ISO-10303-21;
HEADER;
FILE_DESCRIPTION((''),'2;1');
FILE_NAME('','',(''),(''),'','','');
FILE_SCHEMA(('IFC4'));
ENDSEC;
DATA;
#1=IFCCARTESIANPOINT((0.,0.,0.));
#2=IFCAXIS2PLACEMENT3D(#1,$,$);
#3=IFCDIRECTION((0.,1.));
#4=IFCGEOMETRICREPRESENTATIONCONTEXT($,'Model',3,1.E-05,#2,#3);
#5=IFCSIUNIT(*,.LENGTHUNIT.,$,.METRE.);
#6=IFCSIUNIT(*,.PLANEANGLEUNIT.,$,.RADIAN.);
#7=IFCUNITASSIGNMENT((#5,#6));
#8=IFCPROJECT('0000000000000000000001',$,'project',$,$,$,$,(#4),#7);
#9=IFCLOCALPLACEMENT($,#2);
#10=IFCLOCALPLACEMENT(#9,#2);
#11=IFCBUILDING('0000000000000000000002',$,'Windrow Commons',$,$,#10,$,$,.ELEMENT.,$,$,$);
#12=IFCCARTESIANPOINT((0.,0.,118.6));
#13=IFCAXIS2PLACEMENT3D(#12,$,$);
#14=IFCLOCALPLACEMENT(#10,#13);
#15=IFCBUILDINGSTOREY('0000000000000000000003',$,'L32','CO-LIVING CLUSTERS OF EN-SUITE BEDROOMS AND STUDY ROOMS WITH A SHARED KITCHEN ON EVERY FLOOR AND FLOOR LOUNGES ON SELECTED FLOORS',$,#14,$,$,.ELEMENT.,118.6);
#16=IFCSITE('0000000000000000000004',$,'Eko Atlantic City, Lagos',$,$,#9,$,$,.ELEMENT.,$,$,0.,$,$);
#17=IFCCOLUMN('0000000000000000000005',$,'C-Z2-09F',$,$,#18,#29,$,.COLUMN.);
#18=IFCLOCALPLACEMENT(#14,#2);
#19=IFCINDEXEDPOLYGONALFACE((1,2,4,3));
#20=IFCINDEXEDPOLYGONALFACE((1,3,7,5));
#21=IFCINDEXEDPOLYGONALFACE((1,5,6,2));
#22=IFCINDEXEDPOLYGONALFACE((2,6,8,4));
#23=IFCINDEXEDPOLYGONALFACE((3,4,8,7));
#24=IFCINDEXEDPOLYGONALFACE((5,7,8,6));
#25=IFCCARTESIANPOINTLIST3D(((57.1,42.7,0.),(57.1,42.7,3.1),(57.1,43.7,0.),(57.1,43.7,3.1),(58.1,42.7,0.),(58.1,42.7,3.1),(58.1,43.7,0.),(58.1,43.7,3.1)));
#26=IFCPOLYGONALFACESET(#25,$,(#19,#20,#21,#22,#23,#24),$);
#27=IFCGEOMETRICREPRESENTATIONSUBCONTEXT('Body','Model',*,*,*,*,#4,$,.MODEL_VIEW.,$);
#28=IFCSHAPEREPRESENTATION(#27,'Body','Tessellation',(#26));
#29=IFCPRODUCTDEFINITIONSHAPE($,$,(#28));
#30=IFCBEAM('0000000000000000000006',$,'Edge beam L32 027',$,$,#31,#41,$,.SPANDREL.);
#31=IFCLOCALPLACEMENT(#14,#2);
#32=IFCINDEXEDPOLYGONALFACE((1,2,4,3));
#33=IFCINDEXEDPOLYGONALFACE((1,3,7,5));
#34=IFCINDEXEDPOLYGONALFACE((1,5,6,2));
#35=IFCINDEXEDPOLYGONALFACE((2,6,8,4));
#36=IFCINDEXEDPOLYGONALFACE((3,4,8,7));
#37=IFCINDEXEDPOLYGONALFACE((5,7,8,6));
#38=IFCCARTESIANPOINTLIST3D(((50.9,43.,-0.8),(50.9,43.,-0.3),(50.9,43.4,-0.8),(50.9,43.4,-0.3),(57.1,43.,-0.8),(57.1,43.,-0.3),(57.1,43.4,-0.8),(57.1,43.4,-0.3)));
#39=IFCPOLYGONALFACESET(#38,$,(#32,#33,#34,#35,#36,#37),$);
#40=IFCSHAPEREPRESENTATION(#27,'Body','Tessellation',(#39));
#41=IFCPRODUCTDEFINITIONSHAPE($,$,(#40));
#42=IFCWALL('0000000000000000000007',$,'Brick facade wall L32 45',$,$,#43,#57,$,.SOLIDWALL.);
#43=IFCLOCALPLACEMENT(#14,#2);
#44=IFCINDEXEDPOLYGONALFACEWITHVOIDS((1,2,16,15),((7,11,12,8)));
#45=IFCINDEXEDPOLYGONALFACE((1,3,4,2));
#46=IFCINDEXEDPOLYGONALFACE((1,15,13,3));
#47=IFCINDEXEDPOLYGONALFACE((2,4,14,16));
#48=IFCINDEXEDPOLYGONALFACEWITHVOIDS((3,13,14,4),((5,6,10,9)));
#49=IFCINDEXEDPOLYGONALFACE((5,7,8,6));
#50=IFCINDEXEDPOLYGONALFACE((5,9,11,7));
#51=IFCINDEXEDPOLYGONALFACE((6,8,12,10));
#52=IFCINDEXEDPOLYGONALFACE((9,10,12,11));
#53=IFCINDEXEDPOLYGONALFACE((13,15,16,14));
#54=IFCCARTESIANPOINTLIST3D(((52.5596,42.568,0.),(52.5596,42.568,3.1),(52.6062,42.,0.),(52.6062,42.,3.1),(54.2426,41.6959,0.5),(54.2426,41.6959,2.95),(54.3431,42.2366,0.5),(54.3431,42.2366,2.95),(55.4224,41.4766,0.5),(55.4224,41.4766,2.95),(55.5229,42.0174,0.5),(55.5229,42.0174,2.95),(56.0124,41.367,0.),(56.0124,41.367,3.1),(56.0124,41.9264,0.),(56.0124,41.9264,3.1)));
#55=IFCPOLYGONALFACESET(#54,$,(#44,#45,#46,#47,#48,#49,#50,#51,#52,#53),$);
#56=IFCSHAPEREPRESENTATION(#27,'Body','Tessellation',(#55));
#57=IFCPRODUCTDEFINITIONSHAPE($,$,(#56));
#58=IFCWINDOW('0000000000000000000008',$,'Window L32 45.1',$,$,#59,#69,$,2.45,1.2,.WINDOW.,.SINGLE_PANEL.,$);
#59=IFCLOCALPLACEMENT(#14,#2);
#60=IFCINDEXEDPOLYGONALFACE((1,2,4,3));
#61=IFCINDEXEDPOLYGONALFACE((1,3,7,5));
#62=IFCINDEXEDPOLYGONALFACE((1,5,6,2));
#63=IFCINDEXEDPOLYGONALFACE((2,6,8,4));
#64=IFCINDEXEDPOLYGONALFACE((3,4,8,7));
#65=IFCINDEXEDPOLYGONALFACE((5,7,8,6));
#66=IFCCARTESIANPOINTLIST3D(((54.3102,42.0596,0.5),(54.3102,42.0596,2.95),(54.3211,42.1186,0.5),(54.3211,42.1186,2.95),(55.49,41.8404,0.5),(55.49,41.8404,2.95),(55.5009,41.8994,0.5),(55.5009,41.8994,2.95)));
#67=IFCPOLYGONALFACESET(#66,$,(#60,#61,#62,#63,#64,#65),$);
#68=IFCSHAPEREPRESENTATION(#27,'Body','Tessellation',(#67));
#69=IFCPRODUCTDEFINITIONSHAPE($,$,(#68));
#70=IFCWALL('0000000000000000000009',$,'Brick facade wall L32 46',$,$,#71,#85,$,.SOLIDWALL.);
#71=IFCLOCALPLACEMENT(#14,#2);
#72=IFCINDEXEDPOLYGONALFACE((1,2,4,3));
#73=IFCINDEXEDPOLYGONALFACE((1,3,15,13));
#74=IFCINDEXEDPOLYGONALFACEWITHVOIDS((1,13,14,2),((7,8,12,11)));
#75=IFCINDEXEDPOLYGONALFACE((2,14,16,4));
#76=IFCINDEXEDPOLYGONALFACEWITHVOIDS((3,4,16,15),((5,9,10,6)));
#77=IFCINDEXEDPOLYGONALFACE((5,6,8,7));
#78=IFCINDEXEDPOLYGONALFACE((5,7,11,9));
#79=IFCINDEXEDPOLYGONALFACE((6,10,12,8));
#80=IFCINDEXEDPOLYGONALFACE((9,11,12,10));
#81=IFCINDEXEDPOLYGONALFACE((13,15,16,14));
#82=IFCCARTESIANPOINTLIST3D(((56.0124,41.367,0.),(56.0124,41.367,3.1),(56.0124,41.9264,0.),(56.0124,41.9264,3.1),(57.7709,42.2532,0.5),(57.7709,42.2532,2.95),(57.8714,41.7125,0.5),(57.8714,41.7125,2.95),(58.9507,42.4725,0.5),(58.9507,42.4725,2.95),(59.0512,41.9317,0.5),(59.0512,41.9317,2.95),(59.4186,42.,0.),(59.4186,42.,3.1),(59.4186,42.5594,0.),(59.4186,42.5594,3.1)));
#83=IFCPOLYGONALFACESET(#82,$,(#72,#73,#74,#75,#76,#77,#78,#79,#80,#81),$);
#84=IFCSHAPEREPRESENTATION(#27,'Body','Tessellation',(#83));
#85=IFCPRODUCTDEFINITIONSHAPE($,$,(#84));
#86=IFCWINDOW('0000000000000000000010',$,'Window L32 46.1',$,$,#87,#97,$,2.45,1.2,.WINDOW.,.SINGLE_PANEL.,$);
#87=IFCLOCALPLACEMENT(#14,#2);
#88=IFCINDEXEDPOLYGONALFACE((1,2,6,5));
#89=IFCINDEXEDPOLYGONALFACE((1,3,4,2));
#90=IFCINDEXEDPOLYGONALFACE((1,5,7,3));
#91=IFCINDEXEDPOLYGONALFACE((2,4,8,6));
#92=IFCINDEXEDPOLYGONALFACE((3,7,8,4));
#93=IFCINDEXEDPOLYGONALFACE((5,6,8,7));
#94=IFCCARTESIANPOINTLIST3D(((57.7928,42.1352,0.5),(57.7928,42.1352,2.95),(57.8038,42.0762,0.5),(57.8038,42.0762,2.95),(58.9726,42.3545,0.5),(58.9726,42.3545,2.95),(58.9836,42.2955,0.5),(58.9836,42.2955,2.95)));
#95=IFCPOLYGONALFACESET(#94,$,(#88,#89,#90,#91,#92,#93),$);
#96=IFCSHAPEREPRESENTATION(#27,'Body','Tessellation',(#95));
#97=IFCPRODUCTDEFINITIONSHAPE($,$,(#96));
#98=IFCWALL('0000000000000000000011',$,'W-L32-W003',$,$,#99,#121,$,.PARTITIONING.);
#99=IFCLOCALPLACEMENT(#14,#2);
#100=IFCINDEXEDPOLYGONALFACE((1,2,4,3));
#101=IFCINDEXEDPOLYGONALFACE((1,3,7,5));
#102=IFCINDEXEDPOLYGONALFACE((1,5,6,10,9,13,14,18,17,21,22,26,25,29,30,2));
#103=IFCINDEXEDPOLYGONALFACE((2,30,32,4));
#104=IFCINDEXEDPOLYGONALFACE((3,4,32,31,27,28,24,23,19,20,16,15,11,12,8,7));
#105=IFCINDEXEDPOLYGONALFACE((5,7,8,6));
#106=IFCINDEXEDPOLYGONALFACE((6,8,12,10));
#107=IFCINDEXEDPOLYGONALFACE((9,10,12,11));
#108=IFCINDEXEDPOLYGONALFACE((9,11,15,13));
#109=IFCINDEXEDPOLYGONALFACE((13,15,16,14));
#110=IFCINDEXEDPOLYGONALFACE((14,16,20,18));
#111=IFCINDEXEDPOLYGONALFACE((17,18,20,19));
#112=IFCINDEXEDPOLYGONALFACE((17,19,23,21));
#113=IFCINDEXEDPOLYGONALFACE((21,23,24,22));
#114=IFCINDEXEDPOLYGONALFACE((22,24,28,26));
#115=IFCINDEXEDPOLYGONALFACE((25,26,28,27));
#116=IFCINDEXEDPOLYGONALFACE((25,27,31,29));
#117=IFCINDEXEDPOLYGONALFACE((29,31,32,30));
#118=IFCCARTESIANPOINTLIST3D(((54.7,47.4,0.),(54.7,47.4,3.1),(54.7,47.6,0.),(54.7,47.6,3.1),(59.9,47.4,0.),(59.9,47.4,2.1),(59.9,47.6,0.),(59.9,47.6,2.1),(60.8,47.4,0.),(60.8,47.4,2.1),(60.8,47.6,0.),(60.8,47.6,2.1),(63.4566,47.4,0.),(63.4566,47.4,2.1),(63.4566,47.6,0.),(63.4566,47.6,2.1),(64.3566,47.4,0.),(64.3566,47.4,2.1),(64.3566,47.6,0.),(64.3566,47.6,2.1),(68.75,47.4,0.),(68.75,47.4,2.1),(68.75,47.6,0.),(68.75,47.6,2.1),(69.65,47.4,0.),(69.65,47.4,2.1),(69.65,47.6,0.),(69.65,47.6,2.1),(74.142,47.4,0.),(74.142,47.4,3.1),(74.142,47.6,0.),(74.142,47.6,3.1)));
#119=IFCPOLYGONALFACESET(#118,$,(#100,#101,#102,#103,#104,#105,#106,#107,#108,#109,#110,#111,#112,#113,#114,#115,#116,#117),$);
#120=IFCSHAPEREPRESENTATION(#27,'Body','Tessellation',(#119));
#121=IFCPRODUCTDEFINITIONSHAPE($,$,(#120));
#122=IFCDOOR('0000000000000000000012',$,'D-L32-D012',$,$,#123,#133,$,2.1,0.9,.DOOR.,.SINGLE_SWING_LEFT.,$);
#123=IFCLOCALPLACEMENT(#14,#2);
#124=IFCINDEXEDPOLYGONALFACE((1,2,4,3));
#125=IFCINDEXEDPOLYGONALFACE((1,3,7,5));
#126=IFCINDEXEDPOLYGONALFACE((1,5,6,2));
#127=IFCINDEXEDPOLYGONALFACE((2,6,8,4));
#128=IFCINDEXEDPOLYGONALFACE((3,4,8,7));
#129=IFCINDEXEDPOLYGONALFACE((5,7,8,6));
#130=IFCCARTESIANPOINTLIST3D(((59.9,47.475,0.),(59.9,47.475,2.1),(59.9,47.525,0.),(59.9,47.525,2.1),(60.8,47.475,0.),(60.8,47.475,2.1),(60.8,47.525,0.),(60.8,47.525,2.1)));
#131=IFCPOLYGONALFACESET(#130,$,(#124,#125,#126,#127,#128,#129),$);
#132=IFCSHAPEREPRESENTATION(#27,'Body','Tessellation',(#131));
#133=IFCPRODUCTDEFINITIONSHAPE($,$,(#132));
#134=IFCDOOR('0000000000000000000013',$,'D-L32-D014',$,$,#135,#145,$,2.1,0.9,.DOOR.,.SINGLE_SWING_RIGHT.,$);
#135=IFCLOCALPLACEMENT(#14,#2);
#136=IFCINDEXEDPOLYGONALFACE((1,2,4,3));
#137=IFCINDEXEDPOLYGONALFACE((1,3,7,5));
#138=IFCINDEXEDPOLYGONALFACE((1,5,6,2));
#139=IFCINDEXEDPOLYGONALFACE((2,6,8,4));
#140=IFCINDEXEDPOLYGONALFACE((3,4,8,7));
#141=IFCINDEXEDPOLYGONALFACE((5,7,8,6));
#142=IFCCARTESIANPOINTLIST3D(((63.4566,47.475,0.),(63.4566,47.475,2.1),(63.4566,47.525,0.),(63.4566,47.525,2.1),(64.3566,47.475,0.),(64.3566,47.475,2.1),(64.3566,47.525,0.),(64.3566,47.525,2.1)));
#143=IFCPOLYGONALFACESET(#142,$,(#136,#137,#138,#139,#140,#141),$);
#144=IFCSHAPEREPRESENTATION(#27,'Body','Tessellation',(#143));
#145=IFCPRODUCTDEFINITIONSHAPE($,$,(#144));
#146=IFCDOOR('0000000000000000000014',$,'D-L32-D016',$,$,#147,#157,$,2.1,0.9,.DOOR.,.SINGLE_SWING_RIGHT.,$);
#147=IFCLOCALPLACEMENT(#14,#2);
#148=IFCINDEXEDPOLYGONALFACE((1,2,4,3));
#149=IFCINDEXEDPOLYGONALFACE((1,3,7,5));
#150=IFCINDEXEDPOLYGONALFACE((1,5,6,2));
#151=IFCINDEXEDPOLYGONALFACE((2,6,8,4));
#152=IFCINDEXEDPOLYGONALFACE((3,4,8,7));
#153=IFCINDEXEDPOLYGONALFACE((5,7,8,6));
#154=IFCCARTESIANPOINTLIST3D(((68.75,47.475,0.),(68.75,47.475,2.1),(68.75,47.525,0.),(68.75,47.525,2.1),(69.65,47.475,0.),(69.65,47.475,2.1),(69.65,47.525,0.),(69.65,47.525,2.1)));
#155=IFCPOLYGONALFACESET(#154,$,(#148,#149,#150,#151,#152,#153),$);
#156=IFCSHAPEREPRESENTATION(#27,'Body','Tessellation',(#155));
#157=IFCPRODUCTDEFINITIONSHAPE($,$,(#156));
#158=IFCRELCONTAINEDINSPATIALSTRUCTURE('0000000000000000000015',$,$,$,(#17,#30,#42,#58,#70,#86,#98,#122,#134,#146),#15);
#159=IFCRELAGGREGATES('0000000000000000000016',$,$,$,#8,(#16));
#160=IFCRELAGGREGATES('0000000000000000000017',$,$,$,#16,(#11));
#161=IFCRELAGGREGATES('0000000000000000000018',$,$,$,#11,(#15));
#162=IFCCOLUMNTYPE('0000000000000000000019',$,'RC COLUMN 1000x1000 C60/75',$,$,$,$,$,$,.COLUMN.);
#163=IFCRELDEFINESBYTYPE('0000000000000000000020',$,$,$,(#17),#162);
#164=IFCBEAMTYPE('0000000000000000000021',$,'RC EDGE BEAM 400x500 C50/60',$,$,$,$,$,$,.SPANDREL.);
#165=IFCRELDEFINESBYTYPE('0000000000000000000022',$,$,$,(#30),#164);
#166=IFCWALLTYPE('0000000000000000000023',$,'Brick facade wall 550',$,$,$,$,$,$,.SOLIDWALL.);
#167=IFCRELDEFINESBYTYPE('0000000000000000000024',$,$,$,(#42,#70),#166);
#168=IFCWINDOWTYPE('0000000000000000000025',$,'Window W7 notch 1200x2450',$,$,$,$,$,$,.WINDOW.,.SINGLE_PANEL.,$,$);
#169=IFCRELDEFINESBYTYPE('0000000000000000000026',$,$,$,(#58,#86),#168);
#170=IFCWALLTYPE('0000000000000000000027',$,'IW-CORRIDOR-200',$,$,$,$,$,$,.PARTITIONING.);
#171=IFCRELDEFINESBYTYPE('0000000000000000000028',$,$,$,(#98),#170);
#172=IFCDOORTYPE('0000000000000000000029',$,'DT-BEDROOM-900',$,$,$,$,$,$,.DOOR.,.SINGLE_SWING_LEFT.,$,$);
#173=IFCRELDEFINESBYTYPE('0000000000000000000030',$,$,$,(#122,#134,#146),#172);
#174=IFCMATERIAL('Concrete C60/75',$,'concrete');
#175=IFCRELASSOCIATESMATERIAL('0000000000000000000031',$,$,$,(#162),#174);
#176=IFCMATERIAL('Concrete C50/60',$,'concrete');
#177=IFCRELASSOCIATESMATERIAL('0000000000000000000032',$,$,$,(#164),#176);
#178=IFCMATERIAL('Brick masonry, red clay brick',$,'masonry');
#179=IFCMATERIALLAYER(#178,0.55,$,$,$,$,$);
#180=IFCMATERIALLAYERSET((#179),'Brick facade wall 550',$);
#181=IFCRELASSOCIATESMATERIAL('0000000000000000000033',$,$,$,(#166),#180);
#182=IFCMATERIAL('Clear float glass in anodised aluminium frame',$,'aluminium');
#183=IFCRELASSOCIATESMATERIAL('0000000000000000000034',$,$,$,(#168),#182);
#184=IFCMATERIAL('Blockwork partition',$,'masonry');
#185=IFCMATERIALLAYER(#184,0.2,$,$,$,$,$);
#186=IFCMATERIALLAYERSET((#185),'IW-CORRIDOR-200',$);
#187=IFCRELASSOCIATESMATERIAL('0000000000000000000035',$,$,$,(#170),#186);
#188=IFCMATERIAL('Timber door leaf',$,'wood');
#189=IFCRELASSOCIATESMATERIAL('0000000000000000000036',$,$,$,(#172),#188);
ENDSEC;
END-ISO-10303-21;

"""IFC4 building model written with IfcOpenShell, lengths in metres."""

from ifc_helpers import new_model, si_unit, direction, frame, frame_2d, origin, origin_2d, place, context, subcontext, project, spatial, polyline, rectangle, outline, extrude, material, layer, layer_set, material_profile, profile_set, type_object, element, fill, save


model = new_model("IFC4")

# Units and contexts
model_context = context("Model", 3, precision=1e-05, world=origin(), true_north=direction((0.0, 1.0)))
body_context = subcontext(model_context, "Body", "Model", "MODEL_VIEW")
ifc_project = project(units=[si_unit("LENGTHUNIT", "METRE"), si_unit("PLANEANGLEUNIT", "RADIAN")], contexts=[model_context])

# Site, building, storey
site_placement = place(None, origin())
site = spatial("IfcSite", under=ifc_project, at=site_placement, Name="Eko Atlantic City, Lagos", CompositionType="ELEMENT", RefElevation=0.0)
building_placement = place(site_placement, origin())
building = spatial("IfcBuilding", under=site, at=building_placement, Name="Windrow Commons", CompositionType="ELEMENT")
storey_placement = place(building_placement, frame((0.0, 0.0, 118.6)))
storey = spatial("IfcBuildingStorey", under=building, at=storey_placement, Name="L32", Description="CO-LIVING CLUSTERS OF EN-SUITE BEDROOMS AND STUDY ROOMS WITH A SHARED KITCHEN ON EVERY FLOOR AND FLOOR LOUNGES ON SELECTED FLOORS", CompositionType="ELEMENT", Elevation=118.6)

# Column
ifc_material_1 = material(Name="Concrete C60/75", Category="concrete")
ifc_material_profile_1 = material_profile(ifc_material_1, rectangle(XDim=1.0, YDim=1.0, at=origin_2d()))
ifc_profile_set_1 = profile_set([ifc_material_profile_1], Name="Concrete C60/75")
column_type = type_object("IfcColumnType", Name="RC COLUMN 1000x1000 C60/75", PredefinedType="COLUMN", material=ifc_profile_set_1)
column_placement = place(storey_placement, frame((57.6, 43.2, 0.0), z_axis=(0.0, 0.0, 1.0), x_axis=(1.0, 0.0, 0.0)))
element("IfcColumn", 1, at=column_placement, inside=storey, type_object=column_type, Name="C-Z2-09F", PredefinedType="COLUMN", context=body_context, shape_type="SweptSolid", body=[
    extrude(rectangle(XDim=1.0, YDim=1.0, at=origin_2d()), origin(), (0.0, 0.0, 1.0), 3.1),
])

# Beam
ifc_material_2 = material(Name="Concrete C50/60", Category="concrete")
ifc_material_profile_2 = material_profile(ifc_material_2, rectangle(XDim=0.4, YDim=0.5, at=origin_2d()))
ifc_profile_set_2 = profile_set([ifc_material_profile_2], Name="Concrete C50/60")
beam_type = type_object("IfcBeamType", Name="RC EDGE BEAM 400x500 C50/60", PredefinedType="SPANDREL", material=ifc_profile_set_2)
beam_placement = place(storey_placement, frame((57.1, 43.2, -0.55), z_axis=(-1.0, 0.0, 0.0), x_axis=(0.0, -1.0, 0.0)))
element("IfcBeam", 2, at=beam_placement, inside=storey, type_object=beam_type, Name="Edge beam L32 027", PredefinedType="SPANDREL", context=body_context, shape_type="SweptSolid", body=[
    extrude(rectangle(XDim=0.4, YDim=0.5, at=origin_2d()), origin(), (0.0, 0.0, 1.0), 6.2),
])

# Walls, openings, windows
ifc_material_3 = material(Name="Brick masonry, red clay brick", Category="masonry")
ifc_layer_1 = layer(ifc_material_3, 0.55)
ifc_layer_set_1 = layer_set([ifc_layer_1], Name="Brick facade wall 550")
wall_type_1 = type_object("IfcWallType", Name="Brick facade wall 550", PredefinedType="SOLIDWALL", material=ifc_layer_set_1)
wall_1_placement = place(storey_placement, frame((52.5829, 42.284, 0.0), z_axis=(0.0, 0.0, 1.0), x_axis=(0.983169, -0.182701, 0.0)))
wall_1 = element("IfcWall", 3, at=wall_1_placement, inside=storey, type_object=wall_type_1, Name="Brick facade wall L32 45", PredefinedType="SOLIDWALL", context=body_context, shape_type="SweptSolid", body=[
    extrude(outline(polyline([(0.0748, -0.275), (3.5393, -0.275), (3.4371, 0.275), (-0.0748, 0.275), (0.0748, -0.275)])), origin(), (0.0, 0.0, 1.0), 3.1),
])
opening_1_placement = place(wall_1_placement, frame((1.7392, 0.0, 0.5)))
opening_1 = element("IfcOpeningElement", 4, at=opening_1_placement, cuts=wall_1, PredefinedType="OPENING", context=body_context, shape_type="SweptSolid", body=[
    extrude(rectangle(XDim=1.2, YDim=2.45, at=frame_2d((0.6, 1.225))), frame((0.0, 0.285, 0.0), z_axis=(0.0, -1.0, 0.0), x_axis=(1.0, 0.0, 0.0)), (0.0, 0.0, 1.0), 0.57),
])
ifc_material_4 = material(Name="Clear float glass in anodised aluminium frame", Category="aluminium")
window_type = type_object("IfcWindowType", Name="Window W7 notch 1200x2450", PartitioningType="SINGLE_PANEL", PredefinedType="WINDOW", material=ifc_material_4)
window_1_placement = place(opening_1_placement, origin())
window_1 = element("IfcWindow", 5, at=window_1_placement, inside=storey, type_object=window_type, Name="Window L32 45.1", OverallHeight=2.45, OverallWidth=1.2, PartitioningType="SINGLE_PANEL", PredefinedType="WINDOW", context=body_context, shape_type="SweptSolid", body=[
    extrude(rectangle(XDim=1.2, YDim=2.45, at=frame_2d((0.6, 1.225))), frame((0.0, 0.155, 0.0), z_axis=(0.0, -1.0, 0.0), x_axis=(1.0, 0.0, 0.0)), (0.0, 0.0, 1.0), 0.06),
])
fill(opening_1, window_1)
wall_2_placement = place(storey_placement, frame((56.0124, 41.6467, 0.0), z_axis=(0.0, 0.0, 1.0), x_axis=(0.983166, 0.182715, 0.0)))
wall_2 = element("IfcWall", 6, at=wall_2_placement, inside=storey, type_object=wall_type_1, Name="Brick facade wall L32 46", PredefinedType="SOLIDWALL", context=body_context, shape_type="SweptSolid", body=[
    extrude(outline(polyline([(-0.0511, -0.275), (3.4134, -0.275), (3.5156, 0.275), (0.0511, 0.275), (-0.0511, -0.275)])), origin(), (0.0, 0.0, 1.0), 3.1),
])
opening_2_placement = place(wall_2_placement, frame((1.8397, 0.0, 0.5)))
opening_2 = element("IfcOpeningElement", 7, at=opening_2_placement, cuts=wall_2, PredefinedType="OPENING", context=body_context, shape_type="SweptSolid", body=[
    extrude(rectangle(XDim=1.2, YDim=2.45, at=frame_2d((0.6, 1.225))), frame((0.0, 0.285, 0.0), z_axis=(0.0, -1.0, 0.0), x_axis=(1.0, 0.0, 0.0)), (0.0, 0.0, 1.0), 0.57),
])
window_2_placement = place(opening_2_placement, origin())
window_2 = element("IfcWindow", 8, at=window_2_placement, inside=storey, type_object=window_type, Name="Window L32 46.1", OverallHeight=2.45, OverallWidth=1.2, PartitioningType="SINGLE_PANEL", PredefinedType="WINDOW", context=body_context, shape_type="SweptSolid", body=[
    extrude(rectangle(XDim=1.2, YDim=2.45, at=frame_2d((0.6, 1.225))), frame((0.0, 0.155, 0.0), z_axis=(0.0, -1.0, 0.0), x_axis=(1.0, 0.0, 0.0)), (0.0, 0.0, 1.0), 0.06),
])
fill(opening_2, window_2)

# Wall, openings, doors
ifc_material_5 = material(Name="Blockwork partition", Category="masonry")
ifc_layer_2 = layer(ifc_material_5, 0.2)
ifc_layer_set_2 = layer_set([ifc_layer_2], Name="IW-CORRIDOR-200")
wall_type_2 = type_object("IfcWallType", Name="IW-CORRIDOR-200", PredefinedType="PARTITIONING", material=ifc_layer_set_2)
wall_3_placement = place(storey_placement, frame((54.7, 47.5, 0.0), z_axis=(0.0, 0.0, 1.0), x_axis=(1.0, 0.0, 0.0)))
wall_3 = element("IfcWall", 9, at=wall_3_placement, inside=storey, type_object=wall_type_2, Name="W-L32-W003", PredefinedType="PARTITIONING", context=body_context, shape_type="SweptSolid", body=[
    extrude(rectangle(XDim=19.442, YDim=0.2, at=frame_2d((9.721, 0.0))), origin(), (0.0, 0.0, 1.0), 3.1),
])
opening_3_placement = place(wall_3_placement, frame((5.2, 0.0, 0.0)))
opening_3 = element("IfcOpeningElement", 10, at=opening_3_placement, cuts=wall_3, PredefinedType="OPENING", context=body_context, shape_type="SweptSolid", body=[
    extrude(rectangle(XDim=0.9, YDim=2.1, at=frame_2d((0.45, 1.05))), frame((0.0, 0.11, 0.0), z_axis=(0.0, -1.0, 0.0), x_axis=(1.0, 0.0, 0.0)), (0.0, 0.0, 1.0), 0.22),
])
opening_4_placement = place(wall_3_placement, frame((8.7566, 0.0, 0.0)))
opening_4 = element("IfcOpeningElement", 11, at=opening_4_placement, cuts=wall_3, PredefinedType="OPENING", context=body_context, shape_type="SweptSolid", body=[
    extrude(rectangle(XDim=0.9, YDim=2.1, at=frame_2d((0.45, 1.05))), frame((0.0, 0.11, 0.0), z_axis=(0.0, -1.0, 0.0), x_axis=(1.0, 0.0, 0.0)), (0.0, 0.0, 1.0), 0.22),
])
opening_5_placement = place(wall_3_placement, frame((14.05, 0.0, 0.0)))
opening_5 = element("IfcOpeningElement", 12, at=opening_5_placement, cuts=wall_3, PredefinedType="OPENING", context=body_context, shape_type="SweptSolid", body=[
    extrude(rectangle(XDim=0.9, YDim=2.1, at=frame_2d((0.45, 1.05))), frame((0.0, 0.11, 0.0), z_axis=(0.0, -1.0, 0.0), x_axis=(1.0, 0.0, 0.0)), (0.0, 0.0, 1.0), 0.22),
])
ifc_material_6 = material(Name="Timber door leaf", Category="wood")
door_type_1 = type_object("IfcDoorType", Name="DT-BEDROOM-900", OperationType="SINGLE_SWING_LEFT", PredefinedType="DOOR", material=ifc_material_6)
door_1_placement = place(opening_3_placement, origin())
door_1 = element("IfcDoor", 13, at=door_1_placement, inside=storey, type_object=door_type_1, Name="D-L32-D012", OperationType="SINGLE_SWING_LEFT", OverallHeight=2.1, OverallWidth=0.9, PredefinedType="DOOR", context=body_context, shape_type="SweptSolid", body=[
    extrude(rectangle(XDim=0.9, YDim=2.1, at=frame_2d((0.45, 1.05))), frame((0.0, 0.025, 0.0), z_axis=(0.0, -1.0, 0.0), x_axis=(1.0, 0.0, 0.0)), (0.0, 0.0, 1.0), 0.05),
])
fill(opening_3, door_1)
door_2_placement = place(opening_4_placement, origin())
door_2 = element("IfcDoor", 14, at=door_2_placement, inside=storey, type_object=door_type_1, Name="D-L32-D014", OperationType="SINGLE_SWING_RIGHT", OverallHeight=2.1, OverallWidth=0.9, PredefinedType="DOOR", context=body_context, shape_type="SweptSolid", body=[
    extrude(rectangle(XDim=0.9, YDim=2.1, at=frame_2d((0.45, 1.05))), frame((0.0, 0.025, 0.0), z_axis=(0.0, -1.0, 0.0), x_axis=(1.0, 0.0, 0.0)), (0.0, 0.0, 1.0), 0.05),
])
fill(opening_4, door_2)
door_3_placement = place(opening_5_placement, origin())
door_3 = element("IfcDoor", 15, at=door_3_placement, inside=storey, type_object=door_type_1, Name="D-L32-D016", OperationType="SINGLE_SWING_RIGHT", OverallHeight=2.1, OverallWidth=0.9, PredefinedType="DOOR", context=body_context, shape_type="SweptSolid", body=[
    extrude(rectangle(XDim=0.9, YDim=2.1, at=frame_2d((0.45, 1.05))), frame((0.0, 0.025, 0.0), z_axis=(0.0, -1.0, 0.0), x_axis=(1.0, 0.0, 0.0)), (0.0, 0.0, 1.0), 0.05),
])
fill(opening_5, door_3)

save(model, "model.ifc")
